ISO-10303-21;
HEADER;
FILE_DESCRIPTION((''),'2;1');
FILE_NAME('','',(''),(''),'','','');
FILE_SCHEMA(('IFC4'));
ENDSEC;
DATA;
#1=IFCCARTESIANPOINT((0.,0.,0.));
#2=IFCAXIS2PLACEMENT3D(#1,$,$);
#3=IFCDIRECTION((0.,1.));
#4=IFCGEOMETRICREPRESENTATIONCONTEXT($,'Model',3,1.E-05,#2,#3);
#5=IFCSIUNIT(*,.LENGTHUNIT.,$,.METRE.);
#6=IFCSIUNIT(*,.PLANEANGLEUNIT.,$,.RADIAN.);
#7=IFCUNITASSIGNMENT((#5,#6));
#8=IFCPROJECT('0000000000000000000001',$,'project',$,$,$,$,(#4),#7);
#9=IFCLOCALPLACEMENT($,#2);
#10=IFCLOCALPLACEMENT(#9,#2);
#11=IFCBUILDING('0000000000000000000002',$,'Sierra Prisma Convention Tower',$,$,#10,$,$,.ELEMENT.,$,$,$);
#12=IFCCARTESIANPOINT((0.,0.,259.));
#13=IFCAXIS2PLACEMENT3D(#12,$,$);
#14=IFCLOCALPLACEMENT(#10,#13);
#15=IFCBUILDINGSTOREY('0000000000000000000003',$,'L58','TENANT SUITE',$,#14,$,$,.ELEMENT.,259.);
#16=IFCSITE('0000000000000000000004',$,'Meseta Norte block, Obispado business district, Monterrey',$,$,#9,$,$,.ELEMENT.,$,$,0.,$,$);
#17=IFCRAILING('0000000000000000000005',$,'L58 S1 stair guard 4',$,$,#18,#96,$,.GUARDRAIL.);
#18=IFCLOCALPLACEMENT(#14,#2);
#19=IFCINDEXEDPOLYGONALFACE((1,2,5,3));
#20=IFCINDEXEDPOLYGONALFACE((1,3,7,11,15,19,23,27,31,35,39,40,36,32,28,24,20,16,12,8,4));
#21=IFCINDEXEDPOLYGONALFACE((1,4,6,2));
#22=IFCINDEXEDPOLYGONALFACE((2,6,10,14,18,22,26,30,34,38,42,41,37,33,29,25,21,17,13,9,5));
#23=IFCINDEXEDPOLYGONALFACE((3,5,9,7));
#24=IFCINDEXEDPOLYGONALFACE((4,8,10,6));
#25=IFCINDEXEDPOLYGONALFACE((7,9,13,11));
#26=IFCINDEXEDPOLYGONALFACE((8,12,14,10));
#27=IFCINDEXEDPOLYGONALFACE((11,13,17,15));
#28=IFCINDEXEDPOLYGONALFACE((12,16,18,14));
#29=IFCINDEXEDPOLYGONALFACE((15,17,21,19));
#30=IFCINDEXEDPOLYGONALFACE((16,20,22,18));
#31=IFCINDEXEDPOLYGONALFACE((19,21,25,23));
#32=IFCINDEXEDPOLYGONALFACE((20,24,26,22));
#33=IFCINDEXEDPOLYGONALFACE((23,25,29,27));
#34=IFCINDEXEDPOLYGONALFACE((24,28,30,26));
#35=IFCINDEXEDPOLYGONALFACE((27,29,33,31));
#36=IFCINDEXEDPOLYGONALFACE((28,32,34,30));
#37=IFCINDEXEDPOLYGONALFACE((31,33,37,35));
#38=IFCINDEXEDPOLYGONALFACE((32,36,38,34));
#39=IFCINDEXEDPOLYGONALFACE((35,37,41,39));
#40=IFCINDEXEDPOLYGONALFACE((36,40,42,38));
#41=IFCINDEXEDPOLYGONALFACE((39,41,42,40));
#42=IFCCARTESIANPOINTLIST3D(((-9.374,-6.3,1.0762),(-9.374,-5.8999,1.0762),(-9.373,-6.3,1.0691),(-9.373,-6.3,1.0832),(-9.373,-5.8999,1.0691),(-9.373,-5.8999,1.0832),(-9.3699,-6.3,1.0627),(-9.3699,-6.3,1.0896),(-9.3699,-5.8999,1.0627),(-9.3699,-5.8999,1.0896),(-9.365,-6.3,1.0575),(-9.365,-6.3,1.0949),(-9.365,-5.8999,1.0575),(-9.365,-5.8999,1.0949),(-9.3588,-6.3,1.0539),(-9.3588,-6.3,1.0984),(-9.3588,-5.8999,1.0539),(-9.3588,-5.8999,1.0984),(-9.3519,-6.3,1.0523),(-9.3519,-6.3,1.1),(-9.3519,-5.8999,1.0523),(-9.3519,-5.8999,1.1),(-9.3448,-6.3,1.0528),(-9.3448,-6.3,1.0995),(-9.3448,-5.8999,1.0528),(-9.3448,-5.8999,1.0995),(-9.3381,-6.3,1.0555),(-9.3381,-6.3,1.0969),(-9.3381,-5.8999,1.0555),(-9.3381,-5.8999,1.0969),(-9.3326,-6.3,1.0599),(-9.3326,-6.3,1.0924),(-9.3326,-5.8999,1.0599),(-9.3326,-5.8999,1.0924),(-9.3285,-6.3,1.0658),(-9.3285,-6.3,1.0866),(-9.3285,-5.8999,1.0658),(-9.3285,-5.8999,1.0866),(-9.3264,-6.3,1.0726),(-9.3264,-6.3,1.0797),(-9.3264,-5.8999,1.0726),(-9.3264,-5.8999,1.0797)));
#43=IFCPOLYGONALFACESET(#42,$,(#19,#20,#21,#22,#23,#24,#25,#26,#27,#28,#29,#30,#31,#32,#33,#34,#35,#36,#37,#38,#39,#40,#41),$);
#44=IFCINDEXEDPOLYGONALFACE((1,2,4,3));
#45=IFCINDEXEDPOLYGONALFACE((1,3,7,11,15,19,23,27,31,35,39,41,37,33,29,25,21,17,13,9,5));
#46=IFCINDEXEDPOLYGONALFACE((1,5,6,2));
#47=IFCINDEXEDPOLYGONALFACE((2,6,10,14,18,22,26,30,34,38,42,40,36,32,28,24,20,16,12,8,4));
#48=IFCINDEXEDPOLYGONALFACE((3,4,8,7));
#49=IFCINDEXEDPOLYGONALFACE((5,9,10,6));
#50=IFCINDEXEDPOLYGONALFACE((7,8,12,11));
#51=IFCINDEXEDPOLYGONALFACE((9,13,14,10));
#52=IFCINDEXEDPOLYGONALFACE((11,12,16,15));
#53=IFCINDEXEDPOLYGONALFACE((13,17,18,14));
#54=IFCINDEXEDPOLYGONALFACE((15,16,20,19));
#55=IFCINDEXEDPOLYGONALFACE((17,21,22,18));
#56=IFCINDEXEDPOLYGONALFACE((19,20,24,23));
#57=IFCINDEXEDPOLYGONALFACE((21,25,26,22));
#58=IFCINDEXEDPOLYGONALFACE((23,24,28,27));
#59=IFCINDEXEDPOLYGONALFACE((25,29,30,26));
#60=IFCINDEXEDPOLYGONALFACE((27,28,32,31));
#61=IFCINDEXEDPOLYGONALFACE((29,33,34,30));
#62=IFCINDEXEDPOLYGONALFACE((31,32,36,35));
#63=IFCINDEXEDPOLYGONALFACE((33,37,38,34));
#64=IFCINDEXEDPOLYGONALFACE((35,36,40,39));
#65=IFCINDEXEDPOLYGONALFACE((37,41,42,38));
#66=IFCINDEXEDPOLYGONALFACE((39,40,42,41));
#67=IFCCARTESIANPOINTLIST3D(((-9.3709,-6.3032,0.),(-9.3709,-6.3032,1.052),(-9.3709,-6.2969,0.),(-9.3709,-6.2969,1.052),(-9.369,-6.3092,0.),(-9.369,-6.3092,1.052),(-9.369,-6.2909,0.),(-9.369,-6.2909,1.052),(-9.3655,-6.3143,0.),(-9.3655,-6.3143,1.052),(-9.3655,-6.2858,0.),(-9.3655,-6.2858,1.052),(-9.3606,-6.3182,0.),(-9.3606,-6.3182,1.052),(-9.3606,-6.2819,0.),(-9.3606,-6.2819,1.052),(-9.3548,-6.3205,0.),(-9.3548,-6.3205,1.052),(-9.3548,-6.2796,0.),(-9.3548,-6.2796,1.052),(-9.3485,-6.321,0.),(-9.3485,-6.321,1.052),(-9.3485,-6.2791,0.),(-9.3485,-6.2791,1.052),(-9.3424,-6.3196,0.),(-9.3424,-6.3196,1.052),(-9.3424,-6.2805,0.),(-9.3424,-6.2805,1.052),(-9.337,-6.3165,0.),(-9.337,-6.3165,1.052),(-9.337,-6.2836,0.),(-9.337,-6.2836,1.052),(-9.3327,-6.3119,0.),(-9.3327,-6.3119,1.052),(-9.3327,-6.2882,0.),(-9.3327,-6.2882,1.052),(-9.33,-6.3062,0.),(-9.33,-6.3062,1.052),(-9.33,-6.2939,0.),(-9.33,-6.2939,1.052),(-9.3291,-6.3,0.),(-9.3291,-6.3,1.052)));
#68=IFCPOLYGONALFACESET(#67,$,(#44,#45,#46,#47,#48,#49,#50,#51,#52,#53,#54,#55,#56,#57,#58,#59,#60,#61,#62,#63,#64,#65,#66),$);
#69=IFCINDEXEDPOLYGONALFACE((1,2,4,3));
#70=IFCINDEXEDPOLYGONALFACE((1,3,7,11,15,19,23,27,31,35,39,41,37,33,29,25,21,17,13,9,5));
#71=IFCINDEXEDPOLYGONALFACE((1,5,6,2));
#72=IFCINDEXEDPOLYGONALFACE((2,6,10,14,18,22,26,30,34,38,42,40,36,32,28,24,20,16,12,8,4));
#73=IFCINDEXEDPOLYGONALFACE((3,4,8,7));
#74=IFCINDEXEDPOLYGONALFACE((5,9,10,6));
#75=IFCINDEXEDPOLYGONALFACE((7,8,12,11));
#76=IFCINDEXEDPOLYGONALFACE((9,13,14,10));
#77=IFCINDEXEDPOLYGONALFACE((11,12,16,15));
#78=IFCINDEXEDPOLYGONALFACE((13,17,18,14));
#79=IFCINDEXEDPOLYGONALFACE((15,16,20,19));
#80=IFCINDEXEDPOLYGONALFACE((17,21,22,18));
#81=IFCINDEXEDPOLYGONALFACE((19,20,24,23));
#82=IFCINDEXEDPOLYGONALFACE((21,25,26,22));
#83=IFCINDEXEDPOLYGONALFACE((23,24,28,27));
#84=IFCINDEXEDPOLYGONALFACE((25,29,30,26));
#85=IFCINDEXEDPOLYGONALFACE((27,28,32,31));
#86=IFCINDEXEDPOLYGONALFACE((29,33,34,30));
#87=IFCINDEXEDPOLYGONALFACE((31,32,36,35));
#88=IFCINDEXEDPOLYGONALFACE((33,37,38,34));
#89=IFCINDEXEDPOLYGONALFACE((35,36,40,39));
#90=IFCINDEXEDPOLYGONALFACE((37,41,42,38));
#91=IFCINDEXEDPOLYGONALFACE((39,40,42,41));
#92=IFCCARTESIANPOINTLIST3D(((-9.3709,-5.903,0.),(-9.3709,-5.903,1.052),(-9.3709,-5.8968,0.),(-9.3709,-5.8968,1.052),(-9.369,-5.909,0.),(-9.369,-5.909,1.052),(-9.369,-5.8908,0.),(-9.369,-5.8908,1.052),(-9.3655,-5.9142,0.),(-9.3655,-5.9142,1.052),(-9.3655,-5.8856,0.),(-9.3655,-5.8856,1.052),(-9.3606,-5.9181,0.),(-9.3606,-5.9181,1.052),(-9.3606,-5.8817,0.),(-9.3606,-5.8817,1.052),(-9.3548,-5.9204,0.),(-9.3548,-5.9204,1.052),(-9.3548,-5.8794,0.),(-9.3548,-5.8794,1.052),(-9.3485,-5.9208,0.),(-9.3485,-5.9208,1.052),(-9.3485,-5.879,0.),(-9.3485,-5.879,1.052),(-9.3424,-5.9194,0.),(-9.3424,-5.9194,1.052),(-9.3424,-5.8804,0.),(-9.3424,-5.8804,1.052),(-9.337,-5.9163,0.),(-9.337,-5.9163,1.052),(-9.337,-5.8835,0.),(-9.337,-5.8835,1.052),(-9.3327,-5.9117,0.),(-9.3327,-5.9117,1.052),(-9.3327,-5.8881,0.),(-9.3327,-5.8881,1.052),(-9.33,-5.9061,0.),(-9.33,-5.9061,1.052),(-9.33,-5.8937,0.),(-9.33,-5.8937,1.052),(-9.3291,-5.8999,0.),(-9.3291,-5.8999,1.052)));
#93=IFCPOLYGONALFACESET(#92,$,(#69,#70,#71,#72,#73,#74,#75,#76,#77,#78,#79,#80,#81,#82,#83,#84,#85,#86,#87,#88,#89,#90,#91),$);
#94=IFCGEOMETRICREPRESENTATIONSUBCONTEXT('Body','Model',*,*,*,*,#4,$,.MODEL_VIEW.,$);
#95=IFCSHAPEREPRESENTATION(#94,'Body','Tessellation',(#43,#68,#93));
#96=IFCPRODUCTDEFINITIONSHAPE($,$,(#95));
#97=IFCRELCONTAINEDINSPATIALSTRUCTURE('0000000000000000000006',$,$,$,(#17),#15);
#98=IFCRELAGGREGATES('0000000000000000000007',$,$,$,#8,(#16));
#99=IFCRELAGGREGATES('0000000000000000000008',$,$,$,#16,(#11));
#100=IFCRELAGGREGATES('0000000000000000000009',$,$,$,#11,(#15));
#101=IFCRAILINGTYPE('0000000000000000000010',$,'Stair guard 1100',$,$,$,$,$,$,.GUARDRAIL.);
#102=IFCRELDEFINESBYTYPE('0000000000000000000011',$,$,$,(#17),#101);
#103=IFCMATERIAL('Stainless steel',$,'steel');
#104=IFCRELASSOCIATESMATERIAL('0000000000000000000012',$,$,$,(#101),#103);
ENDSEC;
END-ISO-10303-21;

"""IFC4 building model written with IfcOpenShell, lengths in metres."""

from ifc_helpers import new_model, si_unit, direction, frame, origin, origin_2d, place, context, subcontext, project, spatial, circle, extrude, material, type_object, element, save


model = new_model("IFC4")

# Units and contexts
model_context = context("Model", 3, precision=1e-05, world=origin(), true_north=direction((0.0, 1.0)))
body_context = subcontext(model_context, "Body", "Model", "MODEL_VIEW")
ifc_project = project(units=[si_unit("LENGTHUNIT", "METRE"), si_unit("PLANEANGLEUNIT", "RADIAN")], contexts=[model_context])

# Site, building, storey
site_placement = place(None, origin())
site = spatial("IfcSite", under=ifc_project, at=site_placement, Name="Meseta Norte block, Obispado business district, Monterrey", CompositionType="ELEMENT", RefElevation=0.0)
building_placement = place(site_placement, origin())
building = spatial("IfcBuilding", under=site, at=building_placement, Name="Sierra Prisma Convention Tower", CompositionType="ELEMENT")
storey_placement = place(building_placement, frame((0.0, 0.0, 259.0)))
storey = spatial("IfcBuildingStorey", under=building, at=storey_placement, Name="L58", Description="TENANT SUITE", CompositionType="ELEMENT", Elevation=259.0)

# Railing
ifc_material_1 = material(Name="Stainless steel", Category="steel")
railing_type_1 = type_object("IfcRailingType", Name="Stair guard 1100", PredefinedType="GUARDRAIL", material=ifc_material_1)
railing_1_placement = place(storey_placement, frame((-9.3501, -6.3, 0.0)))
element("IfcRailing", 1, at=railing_1_placement, inside=storey, type_object=railing_type_1, Name="L58 S1 stair guard 4", PredefinedType="GUARDRAIL", context=body_context, shape_type="SweptSolid", body=[
    extrude(circle(Radius=0.0239, at=origin_2d()), frame((0.0, 0.0, 1.0762), z_axis=(0.0, 1.0, 0.0), x_axis=(-1.0, 0.0, 0.0)), (0.0, 0.0, 1.0), 0.4001),
    extrude(circle(Radius=0.021, at=origin_2d()), origin(), (0.0, 0.0, 1.0), 1.052),
    extrude(circle(Radius=0.021, at=origin_2d()), frame((0.0, 0.4001, 0.0)), (0.0, 0.0, 1.0), 1.052),
])

save(model, "model.ifc")
